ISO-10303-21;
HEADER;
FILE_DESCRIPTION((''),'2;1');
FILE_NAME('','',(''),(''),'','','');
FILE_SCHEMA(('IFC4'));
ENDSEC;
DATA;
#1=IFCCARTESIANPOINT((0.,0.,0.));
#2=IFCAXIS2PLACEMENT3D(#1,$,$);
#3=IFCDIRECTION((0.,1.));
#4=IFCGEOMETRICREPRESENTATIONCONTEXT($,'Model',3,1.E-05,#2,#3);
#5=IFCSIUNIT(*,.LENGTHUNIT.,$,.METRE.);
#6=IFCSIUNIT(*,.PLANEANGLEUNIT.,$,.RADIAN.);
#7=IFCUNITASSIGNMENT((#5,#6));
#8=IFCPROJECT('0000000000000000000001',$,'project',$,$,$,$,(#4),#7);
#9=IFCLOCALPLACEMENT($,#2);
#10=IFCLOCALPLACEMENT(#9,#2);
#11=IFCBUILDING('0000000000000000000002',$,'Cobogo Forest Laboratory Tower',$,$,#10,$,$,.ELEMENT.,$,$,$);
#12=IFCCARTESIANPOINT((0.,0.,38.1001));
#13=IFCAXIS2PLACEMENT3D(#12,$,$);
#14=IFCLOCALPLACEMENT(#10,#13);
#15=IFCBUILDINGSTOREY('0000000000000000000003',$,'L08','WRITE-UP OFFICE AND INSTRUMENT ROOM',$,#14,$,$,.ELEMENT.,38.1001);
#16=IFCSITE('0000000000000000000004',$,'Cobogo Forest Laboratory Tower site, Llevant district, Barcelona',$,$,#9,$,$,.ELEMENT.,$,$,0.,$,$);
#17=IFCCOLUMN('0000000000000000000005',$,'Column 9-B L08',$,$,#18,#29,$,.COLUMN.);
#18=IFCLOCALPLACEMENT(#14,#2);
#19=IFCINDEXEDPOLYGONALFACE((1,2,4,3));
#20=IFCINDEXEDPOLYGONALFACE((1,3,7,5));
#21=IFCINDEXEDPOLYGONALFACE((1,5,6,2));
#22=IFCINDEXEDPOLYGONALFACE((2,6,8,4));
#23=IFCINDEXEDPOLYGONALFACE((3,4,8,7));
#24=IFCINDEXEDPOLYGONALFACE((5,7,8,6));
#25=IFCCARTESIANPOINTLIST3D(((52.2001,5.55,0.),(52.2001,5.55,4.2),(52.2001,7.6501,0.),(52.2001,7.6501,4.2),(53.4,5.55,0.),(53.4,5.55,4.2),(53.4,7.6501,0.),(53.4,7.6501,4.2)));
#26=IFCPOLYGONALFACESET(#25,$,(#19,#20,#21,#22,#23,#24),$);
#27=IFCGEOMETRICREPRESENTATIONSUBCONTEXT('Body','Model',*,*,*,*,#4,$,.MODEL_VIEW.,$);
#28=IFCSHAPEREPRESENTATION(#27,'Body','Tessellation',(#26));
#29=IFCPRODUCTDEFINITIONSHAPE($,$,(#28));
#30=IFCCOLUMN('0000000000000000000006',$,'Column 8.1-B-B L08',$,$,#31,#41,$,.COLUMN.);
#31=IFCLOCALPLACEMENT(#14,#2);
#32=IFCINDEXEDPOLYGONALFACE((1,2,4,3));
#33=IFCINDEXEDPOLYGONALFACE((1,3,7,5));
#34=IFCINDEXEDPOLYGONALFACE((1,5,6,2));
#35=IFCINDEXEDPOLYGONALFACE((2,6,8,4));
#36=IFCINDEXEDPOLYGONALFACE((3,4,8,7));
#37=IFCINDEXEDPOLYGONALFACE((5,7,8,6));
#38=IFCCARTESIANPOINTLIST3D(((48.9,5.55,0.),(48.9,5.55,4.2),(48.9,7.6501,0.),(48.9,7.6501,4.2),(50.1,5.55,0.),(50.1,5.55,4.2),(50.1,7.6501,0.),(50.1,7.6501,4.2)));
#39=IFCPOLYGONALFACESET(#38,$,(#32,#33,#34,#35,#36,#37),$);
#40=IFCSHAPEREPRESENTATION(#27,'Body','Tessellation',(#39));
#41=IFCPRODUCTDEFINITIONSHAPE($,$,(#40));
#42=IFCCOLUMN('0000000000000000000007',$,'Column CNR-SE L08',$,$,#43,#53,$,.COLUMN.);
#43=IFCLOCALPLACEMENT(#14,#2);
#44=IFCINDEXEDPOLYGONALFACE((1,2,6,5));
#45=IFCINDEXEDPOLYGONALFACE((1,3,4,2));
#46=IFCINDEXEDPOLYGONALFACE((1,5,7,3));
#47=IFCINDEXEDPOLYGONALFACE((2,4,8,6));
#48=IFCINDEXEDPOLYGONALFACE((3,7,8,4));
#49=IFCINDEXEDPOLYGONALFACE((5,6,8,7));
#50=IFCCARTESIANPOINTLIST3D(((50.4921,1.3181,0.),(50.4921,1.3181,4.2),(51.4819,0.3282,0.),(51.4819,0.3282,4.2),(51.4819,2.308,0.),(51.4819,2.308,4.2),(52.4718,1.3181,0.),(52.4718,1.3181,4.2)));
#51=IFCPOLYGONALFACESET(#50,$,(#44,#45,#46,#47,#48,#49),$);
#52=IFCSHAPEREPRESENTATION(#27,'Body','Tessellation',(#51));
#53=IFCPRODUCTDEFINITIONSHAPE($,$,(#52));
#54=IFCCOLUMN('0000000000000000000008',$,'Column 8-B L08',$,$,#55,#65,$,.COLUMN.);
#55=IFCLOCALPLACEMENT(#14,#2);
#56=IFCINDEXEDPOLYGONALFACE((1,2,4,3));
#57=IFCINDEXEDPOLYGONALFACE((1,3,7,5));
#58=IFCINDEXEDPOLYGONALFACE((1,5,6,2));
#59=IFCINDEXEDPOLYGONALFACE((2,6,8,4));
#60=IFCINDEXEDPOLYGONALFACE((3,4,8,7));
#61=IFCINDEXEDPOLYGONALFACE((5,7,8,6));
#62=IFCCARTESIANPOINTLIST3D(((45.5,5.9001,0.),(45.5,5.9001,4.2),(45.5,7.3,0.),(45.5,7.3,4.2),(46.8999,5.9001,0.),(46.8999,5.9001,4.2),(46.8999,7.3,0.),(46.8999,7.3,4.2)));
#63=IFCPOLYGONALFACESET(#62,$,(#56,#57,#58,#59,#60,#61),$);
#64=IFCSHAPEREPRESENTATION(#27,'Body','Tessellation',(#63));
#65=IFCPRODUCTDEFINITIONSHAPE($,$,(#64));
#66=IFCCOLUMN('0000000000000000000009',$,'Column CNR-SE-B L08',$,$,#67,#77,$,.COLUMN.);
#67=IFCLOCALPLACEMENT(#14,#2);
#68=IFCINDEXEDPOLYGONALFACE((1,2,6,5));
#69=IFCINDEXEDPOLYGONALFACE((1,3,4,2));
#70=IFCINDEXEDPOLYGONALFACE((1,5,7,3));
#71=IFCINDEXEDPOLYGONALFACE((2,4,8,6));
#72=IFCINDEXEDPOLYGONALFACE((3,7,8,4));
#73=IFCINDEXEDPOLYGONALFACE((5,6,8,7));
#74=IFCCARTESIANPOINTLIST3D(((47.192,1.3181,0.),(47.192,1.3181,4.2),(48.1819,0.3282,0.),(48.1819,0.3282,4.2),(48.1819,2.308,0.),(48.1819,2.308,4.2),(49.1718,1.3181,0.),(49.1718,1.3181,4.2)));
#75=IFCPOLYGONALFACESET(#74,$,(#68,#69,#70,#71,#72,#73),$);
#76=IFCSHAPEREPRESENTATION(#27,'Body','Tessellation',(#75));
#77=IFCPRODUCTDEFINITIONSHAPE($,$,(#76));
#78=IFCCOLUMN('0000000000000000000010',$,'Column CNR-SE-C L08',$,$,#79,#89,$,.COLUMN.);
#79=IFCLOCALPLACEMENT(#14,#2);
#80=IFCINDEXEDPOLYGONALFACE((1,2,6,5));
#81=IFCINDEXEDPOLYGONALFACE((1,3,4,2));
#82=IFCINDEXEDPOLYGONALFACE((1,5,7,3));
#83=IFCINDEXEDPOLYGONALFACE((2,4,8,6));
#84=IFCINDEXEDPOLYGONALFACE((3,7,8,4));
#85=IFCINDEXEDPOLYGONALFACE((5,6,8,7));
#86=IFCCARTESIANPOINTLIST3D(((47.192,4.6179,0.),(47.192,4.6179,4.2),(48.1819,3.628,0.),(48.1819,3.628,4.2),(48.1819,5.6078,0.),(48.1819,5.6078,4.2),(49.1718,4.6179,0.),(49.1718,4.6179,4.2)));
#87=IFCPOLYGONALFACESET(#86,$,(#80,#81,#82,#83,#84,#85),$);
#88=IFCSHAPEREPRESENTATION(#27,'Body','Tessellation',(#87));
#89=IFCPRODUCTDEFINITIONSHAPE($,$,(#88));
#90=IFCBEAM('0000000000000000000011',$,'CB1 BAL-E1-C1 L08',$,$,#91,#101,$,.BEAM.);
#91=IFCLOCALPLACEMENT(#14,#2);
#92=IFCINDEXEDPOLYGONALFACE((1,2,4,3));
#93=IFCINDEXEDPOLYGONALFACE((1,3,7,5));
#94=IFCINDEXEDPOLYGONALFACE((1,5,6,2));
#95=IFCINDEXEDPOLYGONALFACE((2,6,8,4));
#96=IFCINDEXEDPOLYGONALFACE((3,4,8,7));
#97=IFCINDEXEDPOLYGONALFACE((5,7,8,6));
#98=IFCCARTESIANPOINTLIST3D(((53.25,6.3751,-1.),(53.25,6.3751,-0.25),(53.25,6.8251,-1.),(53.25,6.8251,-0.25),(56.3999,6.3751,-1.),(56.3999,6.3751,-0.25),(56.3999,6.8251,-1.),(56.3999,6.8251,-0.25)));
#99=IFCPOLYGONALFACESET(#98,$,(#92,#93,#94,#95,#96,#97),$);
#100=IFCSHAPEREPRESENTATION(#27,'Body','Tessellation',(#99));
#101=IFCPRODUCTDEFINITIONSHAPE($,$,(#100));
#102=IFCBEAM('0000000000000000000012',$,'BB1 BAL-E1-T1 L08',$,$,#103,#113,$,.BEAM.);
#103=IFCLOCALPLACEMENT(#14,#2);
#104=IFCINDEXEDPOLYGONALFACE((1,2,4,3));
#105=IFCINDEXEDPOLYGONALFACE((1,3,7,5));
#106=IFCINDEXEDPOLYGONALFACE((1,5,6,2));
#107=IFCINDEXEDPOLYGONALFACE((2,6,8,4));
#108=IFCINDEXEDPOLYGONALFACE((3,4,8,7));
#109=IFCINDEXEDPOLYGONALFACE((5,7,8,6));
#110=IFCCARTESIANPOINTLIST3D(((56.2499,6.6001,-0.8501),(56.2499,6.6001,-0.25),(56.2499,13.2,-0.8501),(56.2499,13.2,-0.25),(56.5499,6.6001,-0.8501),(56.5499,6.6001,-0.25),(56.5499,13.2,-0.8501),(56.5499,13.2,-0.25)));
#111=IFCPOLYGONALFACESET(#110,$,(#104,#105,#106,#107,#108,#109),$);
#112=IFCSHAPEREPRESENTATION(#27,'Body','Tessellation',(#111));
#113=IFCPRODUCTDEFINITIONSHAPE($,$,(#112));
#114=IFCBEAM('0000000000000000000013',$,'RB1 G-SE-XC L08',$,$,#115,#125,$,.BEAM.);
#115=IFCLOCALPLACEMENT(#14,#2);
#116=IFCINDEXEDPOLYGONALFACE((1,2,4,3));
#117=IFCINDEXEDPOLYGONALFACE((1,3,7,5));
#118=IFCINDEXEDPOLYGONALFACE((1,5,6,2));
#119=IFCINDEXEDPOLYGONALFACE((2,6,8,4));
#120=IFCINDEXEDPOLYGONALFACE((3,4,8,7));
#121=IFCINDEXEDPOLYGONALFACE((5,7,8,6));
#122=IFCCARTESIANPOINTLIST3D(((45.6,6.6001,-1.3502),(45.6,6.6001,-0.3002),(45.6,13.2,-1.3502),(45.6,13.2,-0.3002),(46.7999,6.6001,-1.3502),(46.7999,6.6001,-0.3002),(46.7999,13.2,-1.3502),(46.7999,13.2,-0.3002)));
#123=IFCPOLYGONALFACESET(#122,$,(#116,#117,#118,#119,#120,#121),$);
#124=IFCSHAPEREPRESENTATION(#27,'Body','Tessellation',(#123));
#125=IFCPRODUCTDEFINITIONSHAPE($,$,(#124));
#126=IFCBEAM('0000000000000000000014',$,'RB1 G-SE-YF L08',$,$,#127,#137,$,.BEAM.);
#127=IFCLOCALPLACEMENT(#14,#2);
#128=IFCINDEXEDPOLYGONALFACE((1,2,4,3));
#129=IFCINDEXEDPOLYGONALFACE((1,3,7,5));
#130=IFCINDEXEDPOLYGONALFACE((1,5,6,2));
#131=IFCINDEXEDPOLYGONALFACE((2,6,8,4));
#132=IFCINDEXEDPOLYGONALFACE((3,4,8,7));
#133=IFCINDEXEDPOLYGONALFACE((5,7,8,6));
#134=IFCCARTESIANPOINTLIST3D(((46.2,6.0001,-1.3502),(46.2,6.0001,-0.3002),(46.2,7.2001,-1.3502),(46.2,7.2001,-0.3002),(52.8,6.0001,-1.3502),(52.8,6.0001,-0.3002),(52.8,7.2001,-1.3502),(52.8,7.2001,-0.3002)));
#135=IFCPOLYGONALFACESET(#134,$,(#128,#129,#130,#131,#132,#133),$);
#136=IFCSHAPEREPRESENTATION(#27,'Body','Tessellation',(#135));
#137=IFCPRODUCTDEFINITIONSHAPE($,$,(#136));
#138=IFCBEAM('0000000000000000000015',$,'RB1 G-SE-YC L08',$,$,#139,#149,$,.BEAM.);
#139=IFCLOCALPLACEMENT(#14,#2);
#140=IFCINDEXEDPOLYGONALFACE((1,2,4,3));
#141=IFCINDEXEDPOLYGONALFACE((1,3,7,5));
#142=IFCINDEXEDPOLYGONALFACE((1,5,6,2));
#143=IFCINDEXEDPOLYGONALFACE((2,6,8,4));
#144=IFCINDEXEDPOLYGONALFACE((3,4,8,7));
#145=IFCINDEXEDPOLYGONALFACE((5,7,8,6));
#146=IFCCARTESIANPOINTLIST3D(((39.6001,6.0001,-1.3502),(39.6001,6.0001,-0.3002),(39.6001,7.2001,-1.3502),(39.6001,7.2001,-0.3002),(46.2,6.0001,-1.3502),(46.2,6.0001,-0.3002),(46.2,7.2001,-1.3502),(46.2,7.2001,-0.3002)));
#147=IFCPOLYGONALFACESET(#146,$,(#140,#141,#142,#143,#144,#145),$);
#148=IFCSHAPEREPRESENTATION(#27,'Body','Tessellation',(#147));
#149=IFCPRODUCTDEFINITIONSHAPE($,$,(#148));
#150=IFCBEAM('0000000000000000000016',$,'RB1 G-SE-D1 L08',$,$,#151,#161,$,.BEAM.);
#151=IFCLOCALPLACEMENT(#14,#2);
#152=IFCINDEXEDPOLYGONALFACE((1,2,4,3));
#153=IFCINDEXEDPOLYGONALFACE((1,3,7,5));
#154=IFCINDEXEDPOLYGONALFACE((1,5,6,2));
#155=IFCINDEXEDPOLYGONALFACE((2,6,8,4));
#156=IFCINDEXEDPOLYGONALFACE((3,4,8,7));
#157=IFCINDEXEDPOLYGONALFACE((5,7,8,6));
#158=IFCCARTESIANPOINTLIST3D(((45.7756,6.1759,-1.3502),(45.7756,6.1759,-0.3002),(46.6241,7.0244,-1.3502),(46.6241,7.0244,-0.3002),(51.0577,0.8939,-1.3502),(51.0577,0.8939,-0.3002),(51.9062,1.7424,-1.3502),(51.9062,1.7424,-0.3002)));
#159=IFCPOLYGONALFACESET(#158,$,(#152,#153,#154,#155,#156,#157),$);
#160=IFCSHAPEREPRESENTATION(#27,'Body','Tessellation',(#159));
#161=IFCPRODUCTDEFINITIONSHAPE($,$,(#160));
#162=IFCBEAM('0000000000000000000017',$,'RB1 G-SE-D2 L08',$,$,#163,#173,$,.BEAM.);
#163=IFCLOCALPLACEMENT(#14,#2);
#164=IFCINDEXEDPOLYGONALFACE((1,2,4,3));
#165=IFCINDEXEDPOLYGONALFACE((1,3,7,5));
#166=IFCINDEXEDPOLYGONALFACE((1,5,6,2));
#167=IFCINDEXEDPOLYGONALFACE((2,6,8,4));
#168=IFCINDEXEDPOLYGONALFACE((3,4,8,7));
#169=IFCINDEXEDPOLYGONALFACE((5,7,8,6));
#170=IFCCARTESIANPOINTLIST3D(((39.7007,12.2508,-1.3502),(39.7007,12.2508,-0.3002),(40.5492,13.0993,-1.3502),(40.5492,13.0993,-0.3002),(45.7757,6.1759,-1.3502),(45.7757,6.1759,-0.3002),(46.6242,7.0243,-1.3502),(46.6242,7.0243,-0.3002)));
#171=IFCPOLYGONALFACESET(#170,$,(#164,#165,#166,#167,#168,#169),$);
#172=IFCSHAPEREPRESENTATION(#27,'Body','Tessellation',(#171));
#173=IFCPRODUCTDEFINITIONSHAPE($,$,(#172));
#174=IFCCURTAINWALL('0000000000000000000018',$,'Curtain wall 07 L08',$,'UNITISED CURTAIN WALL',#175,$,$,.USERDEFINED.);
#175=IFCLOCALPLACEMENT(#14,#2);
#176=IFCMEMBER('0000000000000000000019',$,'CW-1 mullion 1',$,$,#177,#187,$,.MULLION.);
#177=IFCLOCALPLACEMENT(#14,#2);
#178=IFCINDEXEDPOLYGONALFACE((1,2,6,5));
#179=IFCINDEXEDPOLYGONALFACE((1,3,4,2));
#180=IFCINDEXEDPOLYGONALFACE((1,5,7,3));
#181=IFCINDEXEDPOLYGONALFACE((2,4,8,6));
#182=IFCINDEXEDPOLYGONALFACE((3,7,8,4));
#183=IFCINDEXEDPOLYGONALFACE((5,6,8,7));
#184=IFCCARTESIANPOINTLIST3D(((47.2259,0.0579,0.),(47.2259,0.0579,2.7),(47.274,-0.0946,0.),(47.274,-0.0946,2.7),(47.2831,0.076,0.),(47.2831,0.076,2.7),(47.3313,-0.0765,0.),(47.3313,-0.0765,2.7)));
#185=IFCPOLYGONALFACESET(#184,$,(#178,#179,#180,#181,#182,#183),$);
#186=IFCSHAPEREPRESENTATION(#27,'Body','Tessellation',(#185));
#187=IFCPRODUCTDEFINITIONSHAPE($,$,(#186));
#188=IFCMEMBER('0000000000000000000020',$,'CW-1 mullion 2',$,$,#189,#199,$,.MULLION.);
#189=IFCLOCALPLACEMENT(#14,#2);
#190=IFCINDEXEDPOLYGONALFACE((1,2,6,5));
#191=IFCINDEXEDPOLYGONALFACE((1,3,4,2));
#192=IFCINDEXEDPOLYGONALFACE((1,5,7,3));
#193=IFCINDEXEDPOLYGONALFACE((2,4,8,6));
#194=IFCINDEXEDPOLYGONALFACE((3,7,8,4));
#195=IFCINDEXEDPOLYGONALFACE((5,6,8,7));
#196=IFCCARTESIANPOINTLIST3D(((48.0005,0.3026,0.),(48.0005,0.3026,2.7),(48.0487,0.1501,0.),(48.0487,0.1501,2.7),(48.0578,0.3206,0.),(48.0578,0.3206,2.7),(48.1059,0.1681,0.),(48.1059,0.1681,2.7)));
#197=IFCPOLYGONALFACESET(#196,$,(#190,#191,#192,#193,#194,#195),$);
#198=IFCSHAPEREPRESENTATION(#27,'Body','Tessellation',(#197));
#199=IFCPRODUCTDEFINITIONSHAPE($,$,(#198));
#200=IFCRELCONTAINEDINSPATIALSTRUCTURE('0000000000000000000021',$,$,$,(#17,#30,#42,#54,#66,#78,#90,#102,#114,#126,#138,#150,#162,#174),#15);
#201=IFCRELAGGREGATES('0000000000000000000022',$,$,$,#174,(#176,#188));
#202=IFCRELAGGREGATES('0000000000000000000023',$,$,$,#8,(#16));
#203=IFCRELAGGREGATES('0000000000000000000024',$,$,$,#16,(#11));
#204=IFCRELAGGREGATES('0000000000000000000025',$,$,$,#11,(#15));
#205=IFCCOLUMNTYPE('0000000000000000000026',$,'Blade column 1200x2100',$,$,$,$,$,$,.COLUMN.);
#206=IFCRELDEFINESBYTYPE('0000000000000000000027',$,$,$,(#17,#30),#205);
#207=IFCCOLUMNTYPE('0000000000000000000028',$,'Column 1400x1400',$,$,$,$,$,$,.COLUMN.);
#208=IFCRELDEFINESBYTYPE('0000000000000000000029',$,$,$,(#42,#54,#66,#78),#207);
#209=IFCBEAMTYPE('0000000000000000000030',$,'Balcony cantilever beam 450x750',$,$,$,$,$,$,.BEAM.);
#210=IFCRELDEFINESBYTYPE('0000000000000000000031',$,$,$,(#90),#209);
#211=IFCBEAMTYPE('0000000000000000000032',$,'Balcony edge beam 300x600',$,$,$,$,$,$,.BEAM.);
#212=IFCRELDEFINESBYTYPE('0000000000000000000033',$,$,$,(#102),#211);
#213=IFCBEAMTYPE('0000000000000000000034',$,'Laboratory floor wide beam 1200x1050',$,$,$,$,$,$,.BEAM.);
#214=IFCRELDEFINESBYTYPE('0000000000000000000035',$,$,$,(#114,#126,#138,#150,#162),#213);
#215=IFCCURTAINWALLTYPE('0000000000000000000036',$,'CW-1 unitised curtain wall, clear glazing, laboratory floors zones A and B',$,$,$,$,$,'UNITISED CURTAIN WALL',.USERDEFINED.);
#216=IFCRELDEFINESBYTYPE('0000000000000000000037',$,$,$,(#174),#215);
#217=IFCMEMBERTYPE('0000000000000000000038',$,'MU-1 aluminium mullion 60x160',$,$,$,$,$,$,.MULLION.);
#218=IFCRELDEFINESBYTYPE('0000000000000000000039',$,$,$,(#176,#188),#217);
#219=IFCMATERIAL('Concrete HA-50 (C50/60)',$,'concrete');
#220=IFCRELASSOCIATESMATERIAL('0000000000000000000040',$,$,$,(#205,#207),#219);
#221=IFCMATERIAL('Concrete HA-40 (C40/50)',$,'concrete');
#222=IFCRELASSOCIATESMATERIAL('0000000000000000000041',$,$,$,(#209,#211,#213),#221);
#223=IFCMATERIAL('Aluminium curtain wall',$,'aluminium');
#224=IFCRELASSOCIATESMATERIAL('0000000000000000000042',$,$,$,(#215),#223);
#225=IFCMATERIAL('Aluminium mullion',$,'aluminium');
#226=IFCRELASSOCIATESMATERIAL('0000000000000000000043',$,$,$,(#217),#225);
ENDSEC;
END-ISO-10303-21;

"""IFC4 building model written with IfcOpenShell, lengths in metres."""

from ifc_helpers import new_model, si_unit, direction, frame, origin, origin_2d, place, context, subcontext, project, spatial, rectangle, extrude, material, material_profile, profile_set, type_object, element, aggregate, save


model = new_model("IFC4")

# Units and contexts
model_context = context("Model", 3, precision=1e-05, world=origin(), true_north=direction((0.0, 1.0)))
body_context = subcontext(model_context, "Body", "Model", "MODEL_VIEW")
ifc_project = project(units=[si_unit("LENGTHUNIT", "METRE"), si_unit("PLANEANGLEUNIT", "RADIAN")], contexts=[model_context])

# Site, building, storey
site_placement = place(None, origin())
site = spatial("IfcSite", under=ifc_project, at=site_placement, Name="Cobogo Forest Laboratory Tower site, Llevant district, Barcelona", CompositionType="ELEMENT", RefElevation=0.0)
building_placement = place(site_placement, origin())
building = spatial("IfcBuilding", under=site, at=building_placement, Name="Cobogo Forest Laboratory Tower", CompositionType="ELEMENT")
storey_placement = place(building_placement, frame((0.0, 0.0, 38.1001)))
storey = spatial("IfcBuildingStorey", under=building, at=storey_placement, Name="L08", Description="WRITE-UP OFFICE AND INSTRUMENT ROOM", CompositionType="ELEMENT", Elevation=38.1001)

# Columns
ifc_material_1 = material(Name="Concrete HA-50 (C50/60)", Category="concrete")
ifc_material_profile_1 = material_profile(ifc_material_1, rectangle(XDim=2.1001, YDim=1.2, at=origin_2d()), Name="RC 1200x2100")
ifc_profile_set_1 = profile_set([ifc_material_profile_1], Name="Concrete HA-50 (C50/60)")
column_type_1 = type_object("IfcColumnType", Name="Blade column 1200x2100", PredefinedType="COLUMN", material=ifc_profile_set_1)
for number, where, z_axis, x_axis, name in (
    (1, (52.8, 6.6001, 0.0), (0.0, 0.0, 1.0), (0.0, 1.0, 0.0), "Column 9-B L08"),
    (2, (49.5, 6.6001, 0.0), (0.0, 0.0, 1.0), (0.0, 1.0, 0.0), "Column 8.1-B-B L08"),
):
    element("IfcColumn", number, at=place(storey_placement, frame(where, z_axis=z_axis, x_axis=x_axis)), inside=storey, type_object=column_type_1, Name=name, PredefinedType="COLUMN", context=body_context, shape_type="SweptSolid", body=[
        extrude(rectangle(XDim=2.1001, YDim=1.2, at=origin_2d()), origin(), (0.0, 0.0, 1.0), 4.2),
    ])
ifc_material_profile_2 = material_profile(ifc_material_1, rectangle(XDim=1.3999, YDim=1.3999, at=origin_2d()), Name="RC 1400x1400")
ifc_profile_set_2 = profile_set([ifc_material_profile_2], Name="Concrete HA-50 (C50/60)")
column_type_2 = type_object("IfcColumnType", Name="Column 1400x1400", PredefinedType="COLUMN", material=ifc_profile_set_2)
for number, where, z_axis, x_axis, name in (
    (3, (51.4819, 1.3181, 0.0), (0.0, 0.0, 1.0), (0.707107, 0.707107, 0.0), "Column CNR-SE L08"),
    (4, (46.2, 6.6001, 0.0), (0.0, 0.0, 1.0), (1.0, 0.0, 0.0), "Column 8-B L08"),
    (5, (48.1819, 1.3181, 0.0), (0.0, 0.0, 1.0), (0.707107, 0.707107, 0.0), "Column CNR-SE-B L08"),
    (6, (48.1819, 4.6179, 0.0), (0.0, 0.0, 1.0), (0.707107, 0.707107, 0.0), "Column CNR-SE-C L08"),
):
    element("IfcColumn", number, at=place(storey_placement, frame(where, z_axis=z_axis, x_axis=x_axis)), inside=storey, type_object=column_type_2, Name=name, PredefinedType="COLUMN", context=body_context, shape_type="SweptSolid", body=[
        extrude(rectangle(XDim=1.3999, YDim=1.3999, at=origin_2d()), origin(), (0.0, 0.0, 1.0), 4.2),
    ])

# Beams
ifc_material_2 = material(Name="Concrete HA-40 (C40/50)", Category="concrete")
ifc_material_profile_3 = material_profile(ifc_material_2, rectangle(XDim=0.45, YDim=0.75, at=origin_2d()), Name="RC 450x750")
ifc_profile_set_3 = profile_set([ifc_material_profile_3], Name="Concrete HA-40 (C40/50)")
beam_type_1 = type_object("IfcBeamType", Name="Balcony cantilever beam 450x750", PredefinedType="BEAM", material=ifc_profile_set_3)
beam_1_placement = place(storey_placement, frame((53.25, 6.6001, -0.625), z_axis=(1.0, 0.0, 0.0), x_axis=(0.0, 1.0, 0.0)))
element("IfcBeam", 7, at=beam_1_placement, inside=storey, type_object=beam_type_1, Name="CB1 BAL-E1-C1 L08", PredefinedType="BEAM", context=body_context, shape_type="SweptSolid", body=[
    extrude(rectangle(XDim=0.45, YDim=0.75, at=origin_2d()), origin(), (0.0, 0.0, 1.0), 3.1499),
])
ifc_material_profile_4 = material_profile(ifc_material_2, rectangle(XDim=0.3, YDim=0.6001, at=origin_2d()), Name="RC 300x600")
ifc_profile_set_4 = profile_set([ifc_material_profile_4], Name="Concrete HA-40 (C40/50)")
beam_type_2 = type_object("IfcBeamType", Name="Balcony edge beam 300x600", PredefinedType="BEAM", material=ifc_profile_set_4)
beam_2_placement = place(storey_placement, frame((56.3999, 6.6001, -0.55), z_axis=(0.0, 1.0, 0.0), x_axis=(-1.0, 0.0, 0.0)))
element("IfcBeam", 8, at=beam_2_placement, inside=storey, type_object=beam_type_2, Name="BB1 BAL-E1-T1 L08", PredefinedType="BEAM", context=body_context, shape_type="SweptSolid", body=[
    extrude(rectangle(XDim=0.3, YDim=0.6001, at=origin_2d()), origin(), (0.0, 0.0, 1.0), 6.5999),
])
ifc_material_profile_5 = material_profile(ifc_material_2, rectangle(XDim=1.2, YDim=1.05, at=origin_2d()), Name="RC 1200x1050")
ifc_profile_set_5 = profile_set([ifc_material_profile_5], Name="Concrete HA-40 (C40/50)")
beam_type_3 = type_object("IfcBeamType", Name="Laboratory floor wide beam 1200x1050", PredefinedType="BEAM", material=ifc_profile_set_5)
beam_3_placement = place(storey_placement, frame((46.2, 6.6001, -0.8252), z_axis=(0.0, 1.0, 0.0), x_axis=(-1.0, 0.0, 0.0)))
element("IfcBeam", 9, at=beam_3_placement, inside=storey, type_object=beam_type_3, Name="RB1 G-SE-XC L08", PredefinedType="BEAM", context=body_context, shape_type="SweptSolid", body=[
    extrude(rectangle(XDim=1.2, YDim=1.05, at=origin_2d()), origin(), (0.0, 0.0, 1.0), 6.5999),
])
beam_4_placement = place(storey_placement, frame((52.8, 6.6001, -0.8252), z_axis=(-1.0, 0.0, 0.0), x_axis=(0.0, -1.0, 0.0)))
element("IfcBeam", 10, at=beam_4_placement, inside=storey, type_object=beam_type_3, Name="RB1 G-SE-YF L08", PredefinedType="BEAM", context=body_context, shape_type="SweptSolid", body=[
    extrude(rectangle(XDim=1.2, YDim=1.05, at=origin_2d()), origin(), (0.0, 0.0, 1.0), 6.6001),
])
beam_5_placement = place(storey_placement, frame((46.2, 6.6001, -0.8252), z_axis=(-1.0, 0.0, 0.0), x_axis=(0.0, -1.0, 0.0)))
element("IfcBeam", 11, at=beam_5_placement, inside=storey, type_object=beam_type_3, Name="RB1 G-SE-YC L08", PredefinedType="BEAM", context=body_context, shape_type="SweptSolid", body=[
    extrude(rectangle(XDim=1.2, YDim=1.05, at=origin_2d()), origin(), (0.0, 0.0, 1.0), 6.5999),
])
beam_6_placement = place(storey_placement, frame((51.4819, 1.3181, -0.8252), z_axis=(-0.707107, 0.707107, 0.0), x_axis=(-0.707107, -0.707107, 0.0)))
element("IfcBeam", 12, at=beam_6_placement, inside=storey, type_object=beam_type_3, Name="RB1 G-SE-D1 L08", PredefinedType="BEAM", context=body_context, shape_type="SweptSolid", body=[
    extrude(rectangle(XDim=1.2, YDim=1.05, at=origin_2d()), origin(), (0.0, 0.0, 1.0), 7.47),
])
beam_7_placement = place(storey_placement, frame((46.2, 6.6001, -0.8252), z_axis=(-0.707107, 0.707107, 0.0), x_axis=(-0.707107, -0.707107, 0.0)))
element("IfcBeam", 13, at=beam_7_placement, inside=storey, type_object=beam_type_3, Name="RB1 G-SE-D2 L08", PredefinedType="BEAM", context=body_context, shape_type="SweptSolid", body=[
    extrude(rectangle(XDim=1.2, YDim=1.05, at=origin_2d()), origin(), (0.0, 0.0, 1.0), 8.5913),
])

# Curtain wall, members
ifc_material_3 = material(Name="Aluminium curtain wall", Category="aluminium")
curtain_wall_type = type_object("IfcCurtainWallType", Name="CW-1 unitised curtain wall, clear glazing, laboratory floors zones A and B", ElementType="UNITISED CURTAIN WALL", PredefinedType="USERDEFINED", material=ifc_material_3)
curtain_wall_1_placement = place(storey_placement, origin())
curtain_wall_1 = element("IfcCurtainWall", 14, at=curtain_wall_1_placement, inside=storey, type_object=curtain_wall_type, Name="Curtain wall 07 L08", ObjectType="UNITISED CURTAIN WALL", PredefinedType="USERDEFINED")
ifc_material_4 = material(Name="Aluminium mullion", Category="aluminium")
ifc_material_profile_6 = material_profile(ifc_material_4, rectangle(XDim=0.0601, YDim=0.1599, at=origin_2d()), Name="AL 60x160")
ifc_profile_set_6 = profile_set([ifc_material_profile_6], Name="Aluminium mullion")
member_type_1 = type_object("IfcMemberType", Name="MU-1 aluminium mullion 60x160", PredefinedType="MULLION", material=ifc_profile_set_6)
member_1_placement = place(storey_placement, frame((47.2786, -0.0093, 0.0), z_axis=(0.0, 0.0, 1.0), x_axis=(0.953582, 0.301135, 0.0)))
member_1 = element("IfcMember", 15, at=member_1_placement, type_object=member_type_1, Name="CW-1 mullion 1", PredefinedType="MULLION", context=body_context, shape_type="SweptSolid", body=[
    extrude(rectangle(XDim=0.0601, YDim=0.1599, at=origin_2d()), origin(), (0.0, 0.0, 1.0), 2.7),
])
member_2_placement = place(storey_placement, frame((48.0532, 0.2354, 0.0), z_axis=(0.0, 0.0, 1.0), x_axis=(0.953582, 0.301135, 0.0)))
member_2 = element("IfcMember", 16, at=member_2_placement, type_object=member_type_1, Name="CW-1 mullion 2", PredefinedType="MULLION", context=body_context, shape_type="SweptSolid", body=[
    extrude(rectangle(XDim=0.0601, YDim=0.1599, at=origin_2d()), origin(), (0.0, 0.0, 1.0), 2.7),
])

aggregate(curtain_wall_1, [member_1, member_2])

save(model, "model.ifc")
